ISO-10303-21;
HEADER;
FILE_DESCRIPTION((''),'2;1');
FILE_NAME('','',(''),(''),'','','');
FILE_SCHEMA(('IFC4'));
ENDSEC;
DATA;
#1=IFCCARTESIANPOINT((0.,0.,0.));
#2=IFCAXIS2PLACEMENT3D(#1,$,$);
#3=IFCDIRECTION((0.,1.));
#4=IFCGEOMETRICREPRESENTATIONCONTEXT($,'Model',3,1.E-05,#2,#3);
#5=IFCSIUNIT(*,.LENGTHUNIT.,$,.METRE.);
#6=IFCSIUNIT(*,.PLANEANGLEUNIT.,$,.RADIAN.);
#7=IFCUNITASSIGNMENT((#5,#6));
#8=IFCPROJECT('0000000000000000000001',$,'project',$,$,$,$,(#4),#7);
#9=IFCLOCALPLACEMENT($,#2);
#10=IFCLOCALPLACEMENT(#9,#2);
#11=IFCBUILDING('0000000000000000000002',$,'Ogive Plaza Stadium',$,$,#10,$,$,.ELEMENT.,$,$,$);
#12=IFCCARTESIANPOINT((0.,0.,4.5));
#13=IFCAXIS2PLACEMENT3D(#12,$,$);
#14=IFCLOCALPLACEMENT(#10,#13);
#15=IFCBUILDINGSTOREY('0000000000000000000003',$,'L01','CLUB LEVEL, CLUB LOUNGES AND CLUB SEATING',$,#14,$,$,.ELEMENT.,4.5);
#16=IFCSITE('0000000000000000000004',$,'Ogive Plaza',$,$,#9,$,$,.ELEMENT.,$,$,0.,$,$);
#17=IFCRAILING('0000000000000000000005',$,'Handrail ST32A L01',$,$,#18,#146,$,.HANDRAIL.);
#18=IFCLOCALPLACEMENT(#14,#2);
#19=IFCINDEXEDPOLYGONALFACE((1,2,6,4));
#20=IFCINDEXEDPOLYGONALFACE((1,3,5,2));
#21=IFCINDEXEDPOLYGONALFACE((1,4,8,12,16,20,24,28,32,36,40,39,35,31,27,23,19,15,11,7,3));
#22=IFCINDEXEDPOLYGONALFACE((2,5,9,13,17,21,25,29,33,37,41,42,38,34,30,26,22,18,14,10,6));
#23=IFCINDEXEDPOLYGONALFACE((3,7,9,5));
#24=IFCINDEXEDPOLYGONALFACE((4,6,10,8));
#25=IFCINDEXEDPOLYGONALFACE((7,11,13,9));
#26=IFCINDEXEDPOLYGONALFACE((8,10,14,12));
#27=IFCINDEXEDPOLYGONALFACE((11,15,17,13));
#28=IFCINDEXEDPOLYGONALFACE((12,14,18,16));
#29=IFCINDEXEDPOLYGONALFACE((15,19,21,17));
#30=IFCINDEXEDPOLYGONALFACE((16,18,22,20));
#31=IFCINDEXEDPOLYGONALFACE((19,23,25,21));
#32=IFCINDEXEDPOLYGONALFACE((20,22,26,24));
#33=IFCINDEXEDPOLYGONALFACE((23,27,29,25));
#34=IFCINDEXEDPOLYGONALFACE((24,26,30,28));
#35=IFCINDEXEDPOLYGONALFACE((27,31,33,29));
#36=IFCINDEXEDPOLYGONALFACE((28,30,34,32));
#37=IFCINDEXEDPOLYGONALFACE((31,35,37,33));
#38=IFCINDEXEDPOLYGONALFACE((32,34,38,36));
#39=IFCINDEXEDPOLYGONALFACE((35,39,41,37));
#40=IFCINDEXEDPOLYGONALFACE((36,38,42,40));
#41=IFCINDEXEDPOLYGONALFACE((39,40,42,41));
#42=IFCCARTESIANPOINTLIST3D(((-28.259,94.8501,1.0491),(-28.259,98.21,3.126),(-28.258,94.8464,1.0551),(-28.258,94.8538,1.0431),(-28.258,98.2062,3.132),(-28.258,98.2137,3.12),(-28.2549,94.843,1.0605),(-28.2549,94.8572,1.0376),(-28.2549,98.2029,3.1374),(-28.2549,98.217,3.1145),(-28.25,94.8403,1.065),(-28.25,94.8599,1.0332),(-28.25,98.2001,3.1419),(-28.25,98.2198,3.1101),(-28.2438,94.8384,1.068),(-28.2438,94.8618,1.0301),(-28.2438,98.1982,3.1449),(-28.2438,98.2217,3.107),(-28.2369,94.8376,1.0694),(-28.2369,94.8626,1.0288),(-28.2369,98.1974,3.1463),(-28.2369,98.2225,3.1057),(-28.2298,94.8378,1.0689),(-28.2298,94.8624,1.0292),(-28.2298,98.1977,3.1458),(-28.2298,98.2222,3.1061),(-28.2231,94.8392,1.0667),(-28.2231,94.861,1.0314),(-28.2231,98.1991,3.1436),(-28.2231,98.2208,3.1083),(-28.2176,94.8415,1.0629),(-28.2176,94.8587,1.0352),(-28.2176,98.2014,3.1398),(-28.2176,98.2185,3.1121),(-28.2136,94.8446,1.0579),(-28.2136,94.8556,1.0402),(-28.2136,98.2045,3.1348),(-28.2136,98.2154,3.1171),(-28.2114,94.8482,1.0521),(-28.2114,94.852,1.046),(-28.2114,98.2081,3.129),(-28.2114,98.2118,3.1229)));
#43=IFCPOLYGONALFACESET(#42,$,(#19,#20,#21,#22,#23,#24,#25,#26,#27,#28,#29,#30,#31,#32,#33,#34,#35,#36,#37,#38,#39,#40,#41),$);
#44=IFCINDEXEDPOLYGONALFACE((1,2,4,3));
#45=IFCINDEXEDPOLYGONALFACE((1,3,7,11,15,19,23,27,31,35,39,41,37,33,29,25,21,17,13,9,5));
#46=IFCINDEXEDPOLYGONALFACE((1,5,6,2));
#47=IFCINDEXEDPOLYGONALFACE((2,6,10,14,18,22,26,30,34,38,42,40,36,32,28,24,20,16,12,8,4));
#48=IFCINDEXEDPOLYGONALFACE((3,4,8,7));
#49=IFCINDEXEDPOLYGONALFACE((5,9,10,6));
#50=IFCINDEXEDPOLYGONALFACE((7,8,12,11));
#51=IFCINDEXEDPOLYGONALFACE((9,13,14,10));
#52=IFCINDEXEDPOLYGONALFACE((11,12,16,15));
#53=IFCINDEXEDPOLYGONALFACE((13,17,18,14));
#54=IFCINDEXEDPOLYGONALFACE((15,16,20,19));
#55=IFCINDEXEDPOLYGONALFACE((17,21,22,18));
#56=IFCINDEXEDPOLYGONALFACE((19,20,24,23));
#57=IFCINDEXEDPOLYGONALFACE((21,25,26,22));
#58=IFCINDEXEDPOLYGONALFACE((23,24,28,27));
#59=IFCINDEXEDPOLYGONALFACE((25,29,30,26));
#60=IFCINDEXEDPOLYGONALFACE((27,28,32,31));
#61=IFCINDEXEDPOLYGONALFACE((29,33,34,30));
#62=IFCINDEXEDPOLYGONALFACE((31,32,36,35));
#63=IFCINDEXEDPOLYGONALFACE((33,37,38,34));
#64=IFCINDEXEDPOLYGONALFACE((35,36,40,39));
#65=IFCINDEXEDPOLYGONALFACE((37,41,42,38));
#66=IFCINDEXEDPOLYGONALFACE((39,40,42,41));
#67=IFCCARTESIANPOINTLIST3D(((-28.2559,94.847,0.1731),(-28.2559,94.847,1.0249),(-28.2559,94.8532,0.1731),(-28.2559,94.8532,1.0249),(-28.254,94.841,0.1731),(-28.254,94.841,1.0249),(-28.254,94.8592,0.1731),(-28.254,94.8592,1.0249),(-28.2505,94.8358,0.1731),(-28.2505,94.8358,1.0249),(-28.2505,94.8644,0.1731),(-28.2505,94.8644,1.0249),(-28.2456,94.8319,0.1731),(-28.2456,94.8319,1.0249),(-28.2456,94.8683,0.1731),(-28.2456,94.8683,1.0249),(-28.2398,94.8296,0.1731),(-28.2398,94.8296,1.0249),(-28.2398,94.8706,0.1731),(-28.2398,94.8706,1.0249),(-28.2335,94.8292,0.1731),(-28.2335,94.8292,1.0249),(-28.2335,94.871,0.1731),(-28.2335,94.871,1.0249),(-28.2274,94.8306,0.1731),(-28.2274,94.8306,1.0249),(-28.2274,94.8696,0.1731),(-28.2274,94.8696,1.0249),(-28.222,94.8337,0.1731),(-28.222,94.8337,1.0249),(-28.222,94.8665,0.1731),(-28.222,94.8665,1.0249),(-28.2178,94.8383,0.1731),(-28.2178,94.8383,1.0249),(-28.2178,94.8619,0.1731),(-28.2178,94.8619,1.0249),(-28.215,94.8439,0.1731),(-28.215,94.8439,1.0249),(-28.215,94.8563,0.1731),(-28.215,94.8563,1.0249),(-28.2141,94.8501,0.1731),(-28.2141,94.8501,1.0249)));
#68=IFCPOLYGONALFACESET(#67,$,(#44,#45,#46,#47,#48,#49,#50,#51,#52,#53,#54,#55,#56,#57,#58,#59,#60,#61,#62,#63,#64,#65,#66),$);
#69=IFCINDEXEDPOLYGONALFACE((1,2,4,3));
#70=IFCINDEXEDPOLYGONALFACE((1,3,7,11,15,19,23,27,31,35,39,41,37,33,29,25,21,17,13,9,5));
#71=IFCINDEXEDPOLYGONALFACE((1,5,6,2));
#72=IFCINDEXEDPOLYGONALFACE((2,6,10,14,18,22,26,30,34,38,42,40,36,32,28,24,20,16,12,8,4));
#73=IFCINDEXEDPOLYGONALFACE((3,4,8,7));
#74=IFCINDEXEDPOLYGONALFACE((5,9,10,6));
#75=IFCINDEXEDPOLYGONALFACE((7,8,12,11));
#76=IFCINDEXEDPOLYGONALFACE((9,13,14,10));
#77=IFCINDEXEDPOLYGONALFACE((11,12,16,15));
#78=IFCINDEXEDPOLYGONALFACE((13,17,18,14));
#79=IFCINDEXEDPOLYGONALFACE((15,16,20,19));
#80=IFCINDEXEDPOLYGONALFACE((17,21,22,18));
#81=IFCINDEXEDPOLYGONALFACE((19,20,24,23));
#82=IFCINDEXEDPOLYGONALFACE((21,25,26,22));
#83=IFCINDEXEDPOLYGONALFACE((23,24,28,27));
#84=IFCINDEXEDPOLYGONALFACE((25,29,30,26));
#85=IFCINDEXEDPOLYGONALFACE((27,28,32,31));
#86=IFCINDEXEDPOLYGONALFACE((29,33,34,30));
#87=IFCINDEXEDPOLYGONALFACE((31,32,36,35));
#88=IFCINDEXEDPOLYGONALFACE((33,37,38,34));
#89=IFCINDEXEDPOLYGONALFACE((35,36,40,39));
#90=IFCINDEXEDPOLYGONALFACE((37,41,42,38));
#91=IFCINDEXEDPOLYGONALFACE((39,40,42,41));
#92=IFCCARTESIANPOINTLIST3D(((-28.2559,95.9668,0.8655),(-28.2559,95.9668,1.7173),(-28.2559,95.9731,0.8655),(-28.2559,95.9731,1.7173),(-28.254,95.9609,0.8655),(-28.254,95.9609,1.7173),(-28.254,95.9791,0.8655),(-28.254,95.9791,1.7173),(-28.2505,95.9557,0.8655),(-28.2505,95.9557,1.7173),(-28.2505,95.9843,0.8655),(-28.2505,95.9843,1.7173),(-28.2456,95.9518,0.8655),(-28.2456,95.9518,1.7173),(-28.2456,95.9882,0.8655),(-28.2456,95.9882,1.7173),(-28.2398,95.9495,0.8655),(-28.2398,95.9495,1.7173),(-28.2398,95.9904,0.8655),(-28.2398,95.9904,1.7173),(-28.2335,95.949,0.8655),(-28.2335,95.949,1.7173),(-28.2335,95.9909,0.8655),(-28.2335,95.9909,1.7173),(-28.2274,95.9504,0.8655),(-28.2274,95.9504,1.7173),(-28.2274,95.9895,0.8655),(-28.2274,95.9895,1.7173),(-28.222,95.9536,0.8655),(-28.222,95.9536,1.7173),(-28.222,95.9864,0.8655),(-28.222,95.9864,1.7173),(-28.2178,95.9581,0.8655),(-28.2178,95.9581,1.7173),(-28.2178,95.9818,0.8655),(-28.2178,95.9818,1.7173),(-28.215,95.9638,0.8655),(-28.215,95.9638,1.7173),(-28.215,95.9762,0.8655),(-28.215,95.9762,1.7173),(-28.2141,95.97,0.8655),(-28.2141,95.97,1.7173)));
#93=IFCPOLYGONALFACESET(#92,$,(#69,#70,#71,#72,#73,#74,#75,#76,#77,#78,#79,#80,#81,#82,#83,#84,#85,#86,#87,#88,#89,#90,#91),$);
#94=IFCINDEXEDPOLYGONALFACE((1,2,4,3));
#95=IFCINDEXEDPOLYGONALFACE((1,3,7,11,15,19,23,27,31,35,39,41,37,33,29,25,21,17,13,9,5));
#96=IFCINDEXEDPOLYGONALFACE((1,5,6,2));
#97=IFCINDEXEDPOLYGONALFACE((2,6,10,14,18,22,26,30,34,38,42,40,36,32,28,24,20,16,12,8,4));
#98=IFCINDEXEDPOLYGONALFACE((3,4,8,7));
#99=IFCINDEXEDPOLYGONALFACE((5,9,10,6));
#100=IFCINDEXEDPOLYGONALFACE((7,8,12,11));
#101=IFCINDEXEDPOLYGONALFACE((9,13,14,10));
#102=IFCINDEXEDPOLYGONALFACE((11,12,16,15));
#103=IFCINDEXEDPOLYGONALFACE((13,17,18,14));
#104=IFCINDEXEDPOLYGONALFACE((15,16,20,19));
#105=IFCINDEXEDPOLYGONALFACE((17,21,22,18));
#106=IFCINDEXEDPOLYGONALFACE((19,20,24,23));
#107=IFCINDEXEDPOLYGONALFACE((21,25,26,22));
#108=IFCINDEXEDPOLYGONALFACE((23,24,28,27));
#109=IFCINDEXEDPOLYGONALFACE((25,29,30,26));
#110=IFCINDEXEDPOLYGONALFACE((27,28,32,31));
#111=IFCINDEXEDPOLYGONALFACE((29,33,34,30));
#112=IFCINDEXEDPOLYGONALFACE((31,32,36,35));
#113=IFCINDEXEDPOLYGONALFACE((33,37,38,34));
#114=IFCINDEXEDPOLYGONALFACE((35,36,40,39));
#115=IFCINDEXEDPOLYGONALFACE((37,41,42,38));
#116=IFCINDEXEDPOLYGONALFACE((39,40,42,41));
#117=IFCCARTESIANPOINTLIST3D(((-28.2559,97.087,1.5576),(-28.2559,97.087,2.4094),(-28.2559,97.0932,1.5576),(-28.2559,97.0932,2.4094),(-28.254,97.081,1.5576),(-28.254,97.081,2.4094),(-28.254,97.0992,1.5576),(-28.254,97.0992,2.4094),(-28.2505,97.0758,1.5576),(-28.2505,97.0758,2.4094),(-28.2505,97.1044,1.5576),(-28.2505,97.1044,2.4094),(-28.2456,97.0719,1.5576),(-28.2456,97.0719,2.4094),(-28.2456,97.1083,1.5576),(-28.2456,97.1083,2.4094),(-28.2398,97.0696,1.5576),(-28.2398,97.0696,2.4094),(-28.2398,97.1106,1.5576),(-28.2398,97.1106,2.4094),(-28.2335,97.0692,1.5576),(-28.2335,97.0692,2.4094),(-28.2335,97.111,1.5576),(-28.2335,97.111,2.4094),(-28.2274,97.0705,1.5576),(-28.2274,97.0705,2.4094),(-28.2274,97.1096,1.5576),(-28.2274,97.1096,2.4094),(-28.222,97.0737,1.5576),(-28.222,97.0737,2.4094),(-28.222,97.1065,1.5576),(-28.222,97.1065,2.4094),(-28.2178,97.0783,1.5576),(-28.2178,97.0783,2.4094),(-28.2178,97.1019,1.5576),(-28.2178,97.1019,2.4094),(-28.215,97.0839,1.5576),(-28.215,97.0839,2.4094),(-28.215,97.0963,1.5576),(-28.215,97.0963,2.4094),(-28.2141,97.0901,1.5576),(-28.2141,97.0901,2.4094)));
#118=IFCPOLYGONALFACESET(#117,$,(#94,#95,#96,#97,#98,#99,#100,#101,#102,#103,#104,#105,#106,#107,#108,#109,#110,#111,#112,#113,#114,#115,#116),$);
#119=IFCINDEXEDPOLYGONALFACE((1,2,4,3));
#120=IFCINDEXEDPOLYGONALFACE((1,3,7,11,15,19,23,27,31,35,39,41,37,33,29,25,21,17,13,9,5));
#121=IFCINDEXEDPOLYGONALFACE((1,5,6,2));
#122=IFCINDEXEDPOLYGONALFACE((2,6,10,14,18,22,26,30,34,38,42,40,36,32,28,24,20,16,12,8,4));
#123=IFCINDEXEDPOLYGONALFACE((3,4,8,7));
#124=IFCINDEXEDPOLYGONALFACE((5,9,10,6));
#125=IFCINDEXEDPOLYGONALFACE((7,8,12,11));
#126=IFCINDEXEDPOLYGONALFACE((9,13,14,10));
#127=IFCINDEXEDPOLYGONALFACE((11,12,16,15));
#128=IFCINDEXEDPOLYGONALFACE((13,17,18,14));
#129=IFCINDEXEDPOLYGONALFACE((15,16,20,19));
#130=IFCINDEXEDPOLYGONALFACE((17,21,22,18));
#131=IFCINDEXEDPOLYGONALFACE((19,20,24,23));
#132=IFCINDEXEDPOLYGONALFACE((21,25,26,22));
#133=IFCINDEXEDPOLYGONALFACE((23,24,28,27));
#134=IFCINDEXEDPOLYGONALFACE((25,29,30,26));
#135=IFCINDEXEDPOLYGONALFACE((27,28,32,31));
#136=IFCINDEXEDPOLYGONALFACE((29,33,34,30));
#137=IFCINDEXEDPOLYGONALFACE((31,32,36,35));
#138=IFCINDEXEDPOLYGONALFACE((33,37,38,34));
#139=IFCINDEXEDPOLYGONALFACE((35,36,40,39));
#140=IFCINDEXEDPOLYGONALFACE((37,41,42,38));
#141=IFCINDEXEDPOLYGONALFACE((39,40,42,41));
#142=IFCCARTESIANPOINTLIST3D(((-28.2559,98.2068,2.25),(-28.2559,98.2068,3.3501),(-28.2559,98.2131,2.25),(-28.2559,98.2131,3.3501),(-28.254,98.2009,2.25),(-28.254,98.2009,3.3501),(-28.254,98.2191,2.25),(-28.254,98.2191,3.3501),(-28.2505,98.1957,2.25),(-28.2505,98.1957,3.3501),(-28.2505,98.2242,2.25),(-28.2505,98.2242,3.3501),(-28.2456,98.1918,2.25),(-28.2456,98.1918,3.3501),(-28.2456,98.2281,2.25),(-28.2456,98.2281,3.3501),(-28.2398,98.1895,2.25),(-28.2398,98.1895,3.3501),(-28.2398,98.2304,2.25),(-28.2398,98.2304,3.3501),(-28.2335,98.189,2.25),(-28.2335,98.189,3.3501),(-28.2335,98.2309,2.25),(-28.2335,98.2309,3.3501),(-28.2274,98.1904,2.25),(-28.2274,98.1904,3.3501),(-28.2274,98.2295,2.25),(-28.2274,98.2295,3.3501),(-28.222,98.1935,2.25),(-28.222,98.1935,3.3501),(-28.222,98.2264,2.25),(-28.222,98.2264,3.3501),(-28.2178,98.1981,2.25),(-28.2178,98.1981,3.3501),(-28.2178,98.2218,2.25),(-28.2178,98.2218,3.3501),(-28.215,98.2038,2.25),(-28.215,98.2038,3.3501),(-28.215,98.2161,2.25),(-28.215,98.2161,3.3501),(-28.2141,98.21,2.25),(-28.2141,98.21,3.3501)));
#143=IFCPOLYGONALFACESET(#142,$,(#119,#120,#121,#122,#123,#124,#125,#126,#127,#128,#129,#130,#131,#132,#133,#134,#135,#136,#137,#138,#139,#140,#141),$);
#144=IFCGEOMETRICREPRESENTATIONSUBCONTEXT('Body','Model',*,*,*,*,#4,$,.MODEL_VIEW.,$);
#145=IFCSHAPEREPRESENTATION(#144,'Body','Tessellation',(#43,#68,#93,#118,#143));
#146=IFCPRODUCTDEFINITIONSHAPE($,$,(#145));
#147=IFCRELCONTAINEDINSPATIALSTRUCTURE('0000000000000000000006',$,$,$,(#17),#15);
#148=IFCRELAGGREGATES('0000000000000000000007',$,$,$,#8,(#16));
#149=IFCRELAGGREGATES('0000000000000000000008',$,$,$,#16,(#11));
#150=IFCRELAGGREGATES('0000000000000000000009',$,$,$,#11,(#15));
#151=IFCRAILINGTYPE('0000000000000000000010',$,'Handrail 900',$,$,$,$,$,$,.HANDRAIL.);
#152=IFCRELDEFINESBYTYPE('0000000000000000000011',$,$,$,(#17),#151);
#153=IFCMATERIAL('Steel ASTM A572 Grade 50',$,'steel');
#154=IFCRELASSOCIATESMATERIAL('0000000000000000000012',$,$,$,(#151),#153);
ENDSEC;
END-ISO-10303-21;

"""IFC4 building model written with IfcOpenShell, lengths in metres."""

from ifc_helpers import new_model, si_unit, direction, frame, origin, origin_2d, place, context, subcontext, project, spatial, circle, extrude, material, type_object, element, save


model = new_model("IFC4")

# Units and contexts
model_context = context("Model", 3, precision=1e-05, world=origin(), true_north=direction((0.0, 1.0)))
body_context = subcontext(model_context, "Body", "Model", "MODEL_VIEW")
ifc_project = project(units=[si_unit("LENGTHUNIT", "METRE"), si_unit("PLANEANGLEUNIT", "RADIAN")], contexts=[model_context])

# Site, building, storey
site_placement = place(None, origin())
site = spatial("IfcSite", under=ifc_project, at=site_placement, Name="Ogive Plaza", CompositionType="ELEMENT", RefElevation=0.0)
building_placement = place(site_placement, origin())
building = spatial("IfcBuilding", under=site, at=building_placement, Name="Ogive Plaza Stadium", CompositionType="ELEMENT")
storey_placement = place(building_placement, frame((0.0, 0.0, 4.5)))
storey = spatial("IfcBuildingStorey", under=building, at=storey_placement, Name="L01", Description="CLUB LEVEL, CLUB LOUNGES AND CLUB SEATING", CompositionType="ELEMENT", Elevation=4.5)

# Railing
ifc_material_1 = material(Name="Steel ASTM A572 Grade 50", Category="steel")
railing_type_1 = type_object("IfcRailingType", Name="Handrail 900", PredefinedType="HANDRAIL", material=ifc_material_1)
for number, where, name in (
    (1, (-28.2351, 94.8501, 0.1731), "Handrail ST32A L01"),
):
    element("IfcRailing", number, at=place(storey_placement, frame(where)), inside=storey, type_object=railing_type_1, Name=name, PredefinedType="HANDRAIL", context=body_context, shape_type="SweptSolid", body=[
        extrude(circle(Radius=0.0239, at=origin_2d()), frame((0.0, 0.0, 0.876), z_axis=(0.0, 0.850606, 0.525803), x_axis=(-1.0, 0.0, 0.0)), (0.0, 0.0, 1.0), 3.95),
        extrude(circle(Radius=0.021, at=origin_2d()), origin(), (0.0, 0.0, 1.0), 0.8518),
        extrude(circle(Radius=0.021, at=origin_2d()), frame((0.0, 1.1199, 0.6924)), (0.0, 0.0, 1.0), 0.8518),
        extrude(circle(Radius=0.021, at=origin_2d()), frame((0.0, 2.24, 1.3845)), (0.0, 0.0, 1.0), 0.8518),
        extrude(circle(Radius=0.021, at=origin_2d()), frame((0.0, 3.3599, 2.0769)), (0.0, 0.0, 1.0), 1.1001),
    ])

save(model, "model.ifc")
